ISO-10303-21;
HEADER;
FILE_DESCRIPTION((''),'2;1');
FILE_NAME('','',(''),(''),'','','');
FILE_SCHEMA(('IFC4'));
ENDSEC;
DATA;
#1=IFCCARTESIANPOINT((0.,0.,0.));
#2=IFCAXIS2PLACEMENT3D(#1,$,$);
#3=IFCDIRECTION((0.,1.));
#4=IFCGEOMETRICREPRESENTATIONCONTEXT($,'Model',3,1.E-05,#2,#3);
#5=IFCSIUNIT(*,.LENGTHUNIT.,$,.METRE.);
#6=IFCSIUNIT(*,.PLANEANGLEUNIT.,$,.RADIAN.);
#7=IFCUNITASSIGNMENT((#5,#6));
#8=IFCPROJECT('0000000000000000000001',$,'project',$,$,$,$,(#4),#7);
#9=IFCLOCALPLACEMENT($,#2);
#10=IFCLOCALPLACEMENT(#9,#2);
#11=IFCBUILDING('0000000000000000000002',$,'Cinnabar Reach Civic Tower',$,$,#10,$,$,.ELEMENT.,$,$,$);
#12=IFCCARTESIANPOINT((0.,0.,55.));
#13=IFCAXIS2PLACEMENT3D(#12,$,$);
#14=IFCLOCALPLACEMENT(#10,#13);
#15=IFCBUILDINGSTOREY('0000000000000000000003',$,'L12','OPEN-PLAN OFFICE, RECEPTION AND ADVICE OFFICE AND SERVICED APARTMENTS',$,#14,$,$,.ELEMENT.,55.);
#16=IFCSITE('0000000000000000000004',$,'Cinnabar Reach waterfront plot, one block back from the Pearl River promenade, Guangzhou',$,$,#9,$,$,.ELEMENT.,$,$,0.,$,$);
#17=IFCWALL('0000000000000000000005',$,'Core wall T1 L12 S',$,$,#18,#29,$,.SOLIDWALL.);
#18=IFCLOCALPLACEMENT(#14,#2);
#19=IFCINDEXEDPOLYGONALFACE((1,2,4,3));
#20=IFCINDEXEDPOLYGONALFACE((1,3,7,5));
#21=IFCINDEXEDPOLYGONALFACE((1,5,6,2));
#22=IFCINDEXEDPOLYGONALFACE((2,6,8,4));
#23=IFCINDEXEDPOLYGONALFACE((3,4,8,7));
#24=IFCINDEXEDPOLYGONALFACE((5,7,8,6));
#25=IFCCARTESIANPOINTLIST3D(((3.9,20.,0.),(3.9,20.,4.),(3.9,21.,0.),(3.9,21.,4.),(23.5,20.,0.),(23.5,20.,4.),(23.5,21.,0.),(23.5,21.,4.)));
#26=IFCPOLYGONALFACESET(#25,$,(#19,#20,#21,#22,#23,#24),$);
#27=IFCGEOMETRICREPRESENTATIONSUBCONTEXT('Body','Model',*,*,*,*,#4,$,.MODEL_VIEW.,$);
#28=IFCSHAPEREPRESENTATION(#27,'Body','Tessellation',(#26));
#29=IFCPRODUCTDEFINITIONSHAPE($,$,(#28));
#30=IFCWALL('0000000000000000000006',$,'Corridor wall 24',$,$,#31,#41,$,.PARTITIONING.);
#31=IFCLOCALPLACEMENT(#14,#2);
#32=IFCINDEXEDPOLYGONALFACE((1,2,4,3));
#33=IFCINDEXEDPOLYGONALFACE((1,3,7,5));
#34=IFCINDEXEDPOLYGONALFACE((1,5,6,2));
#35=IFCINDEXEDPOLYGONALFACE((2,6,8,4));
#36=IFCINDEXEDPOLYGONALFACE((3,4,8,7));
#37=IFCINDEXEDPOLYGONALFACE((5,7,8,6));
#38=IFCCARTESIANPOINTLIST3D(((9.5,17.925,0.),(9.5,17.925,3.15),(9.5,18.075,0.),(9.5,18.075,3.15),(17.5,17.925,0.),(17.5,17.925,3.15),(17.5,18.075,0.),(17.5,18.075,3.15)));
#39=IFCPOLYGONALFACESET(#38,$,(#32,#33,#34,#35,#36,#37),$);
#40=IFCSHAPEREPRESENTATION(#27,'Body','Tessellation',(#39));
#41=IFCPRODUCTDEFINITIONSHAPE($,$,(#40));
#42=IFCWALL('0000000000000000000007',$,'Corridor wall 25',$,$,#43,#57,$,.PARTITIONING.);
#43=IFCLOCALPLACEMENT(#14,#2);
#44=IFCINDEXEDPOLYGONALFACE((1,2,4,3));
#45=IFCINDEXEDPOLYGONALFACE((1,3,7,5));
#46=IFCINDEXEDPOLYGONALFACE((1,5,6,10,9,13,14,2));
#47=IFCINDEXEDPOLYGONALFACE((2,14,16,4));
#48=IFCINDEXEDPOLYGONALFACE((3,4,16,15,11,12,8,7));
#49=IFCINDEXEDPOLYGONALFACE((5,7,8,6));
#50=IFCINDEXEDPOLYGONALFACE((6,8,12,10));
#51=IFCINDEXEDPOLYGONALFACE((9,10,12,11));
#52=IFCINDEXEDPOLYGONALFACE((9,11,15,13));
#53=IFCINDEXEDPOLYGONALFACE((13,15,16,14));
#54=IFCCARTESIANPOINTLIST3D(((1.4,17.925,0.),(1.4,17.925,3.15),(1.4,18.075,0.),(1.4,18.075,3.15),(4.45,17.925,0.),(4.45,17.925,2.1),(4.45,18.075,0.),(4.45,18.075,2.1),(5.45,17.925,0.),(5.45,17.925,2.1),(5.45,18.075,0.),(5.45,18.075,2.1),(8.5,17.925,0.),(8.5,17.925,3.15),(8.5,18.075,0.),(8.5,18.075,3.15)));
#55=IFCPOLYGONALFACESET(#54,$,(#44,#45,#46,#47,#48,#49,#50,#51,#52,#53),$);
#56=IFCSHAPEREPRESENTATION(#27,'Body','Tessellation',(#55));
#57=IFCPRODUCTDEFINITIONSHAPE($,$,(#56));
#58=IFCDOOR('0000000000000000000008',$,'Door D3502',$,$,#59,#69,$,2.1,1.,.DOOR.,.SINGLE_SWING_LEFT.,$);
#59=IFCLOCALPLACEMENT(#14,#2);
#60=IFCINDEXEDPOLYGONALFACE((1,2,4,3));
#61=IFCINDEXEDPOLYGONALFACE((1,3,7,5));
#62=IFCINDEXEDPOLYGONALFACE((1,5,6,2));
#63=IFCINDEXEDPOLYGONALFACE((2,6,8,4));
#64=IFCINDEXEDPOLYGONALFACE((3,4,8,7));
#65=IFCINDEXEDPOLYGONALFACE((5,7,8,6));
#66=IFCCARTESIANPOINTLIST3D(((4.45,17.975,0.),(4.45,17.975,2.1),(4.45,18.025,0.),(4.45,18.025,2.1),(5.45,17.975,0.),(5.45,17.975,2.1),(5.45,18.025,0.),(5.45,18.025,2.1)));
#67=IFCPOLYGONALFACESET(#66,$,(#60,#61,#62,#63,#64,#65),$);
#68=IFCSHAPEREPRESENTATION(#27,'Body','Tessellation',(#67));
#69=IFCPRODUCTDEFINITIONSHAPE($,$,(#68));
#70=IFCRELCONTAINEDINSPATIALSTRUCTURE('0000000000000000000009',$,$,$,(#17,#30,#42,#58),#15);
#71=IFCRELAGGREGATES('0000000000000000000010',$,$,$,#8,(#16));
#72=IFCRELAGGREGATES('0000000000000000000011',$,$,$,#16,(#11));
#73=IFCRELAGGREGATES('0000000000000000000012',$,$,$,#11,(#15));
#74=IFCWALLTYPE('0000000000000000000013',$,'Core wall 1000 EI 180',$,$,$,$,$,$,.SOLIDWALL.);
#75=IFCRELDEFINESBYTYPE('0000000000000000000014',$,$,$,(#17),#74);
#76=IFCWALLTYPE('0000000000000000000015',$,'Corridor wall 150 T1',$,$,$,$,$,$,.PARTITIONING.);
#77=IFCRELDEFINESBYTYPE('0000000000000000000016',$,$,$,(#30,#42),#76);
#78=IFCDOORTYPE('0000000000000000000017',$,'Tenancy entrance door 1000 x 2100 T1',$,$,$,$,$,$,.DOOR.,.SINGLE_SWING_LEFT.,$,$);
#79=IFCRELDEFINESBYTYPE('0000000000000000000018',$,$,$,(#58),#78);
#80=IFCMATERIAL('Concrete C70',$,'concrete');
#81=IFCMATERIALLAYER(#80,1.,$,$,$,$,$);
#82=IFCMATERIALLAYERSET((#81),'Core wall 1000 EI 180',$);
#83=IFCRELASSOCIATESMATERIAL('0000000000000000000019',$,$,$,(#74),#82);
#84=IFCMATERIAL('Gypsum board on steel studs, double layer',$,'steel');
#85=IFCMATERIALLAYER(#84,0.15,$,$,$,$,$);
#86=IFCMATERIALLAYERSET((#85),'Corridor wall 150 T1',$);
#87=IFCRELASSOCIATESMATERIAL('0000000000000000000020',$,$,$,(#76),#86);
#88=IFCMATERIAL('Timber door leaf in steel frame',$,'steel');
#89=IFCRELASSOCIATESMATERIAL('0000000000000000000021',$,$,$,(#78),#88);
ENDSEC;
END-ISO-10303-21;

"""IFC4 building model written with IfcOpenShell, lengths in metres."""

from ifc_helpers import new_model, si_unit, direction, frame, frame_2d, origin, place, context, subcontext, project, spatial, rectangle, extrude, material, layer, layer_set, type_object, element, fill, save


model = new_model("IFC4")

# Units and contexts
model_context = context("Model", 3, precision=1e-05, world=origin(), true_north=direction((0.0, 1.0)))
body_context = subcontext(model_context, "Body", "Model", "MODEL_VIEW")
ifc_project = project(units=[si_unit("LENGTHUNIT", "METRE"), si_unit("PLANEANGLEUNIT", "RADIAN")], contexts=[model_context])

# Site, building, storey
site_placement = place(None, origin())
site = spatial("IfcSite", under=ifc_project, at=site_placement, Name="Cinnabar Reach waterfront plot, one block back from the Pearl River promenade, Guangzhou", CompositionType="ELEMENT", RefElevation=0.0)
building_placement = place(site_placement, origin())
building = spatial("IfcBuilding", under=site, at=building_placement, Name="Cinnabar Reach Civic Tower", CompositionType="ELEMENT")
storey_placement = place(building_placement, frame((0.0, 0.0, 55.0)))
storey = spatial("IfcBuildingStorey", under=building, at=storey_placement, Name="L12", Description="OPEN-PLAN OFFICE, RECEPTION AND ADVICE OFFICE AND SERVICED APARTMENTS", CompositionType="ELEMENT", Elevation=55.0)

# Shared definitions
ifc_material_1 = material(Name="Concrete C70", Category="concrete")

# Walls
ifc_layer_1 = layer(ifc_material_1, 1.0)
ifc_layer_set_1 = layer_set([ifc_layer_1], Name="Core wall 1000 EI 180")
wall_type_1 = type_object("IfcWallType", Name="Core wall 1000 EI 180", PredefinedType="SOLIDWALL", material=ifc_layer_set_1)
wall_1_placement = place(storey_placement, frame((3.9, 20.5, 0.0), z_axis=(0.0, 0.0, 1.0), x_axis=(1.0, 0.0, 0.0)))
element("IfcWall", 1, at=wall_1_placement, inside=storey, type_object=wall_type_1, Name="Core wall T1 L12 S", PredefinedType="SOLIDWALL", context=body_context, shape_type="SweptSolid", body=[
    extrude(rectangle(XDim=19.6, YDim=1.0, at=frame_2d((9.8, 0.0))), origin(), (0.0, 0.0, 1.0), 4.0),
])
ifc_material_2 = material(Name="Gypsum board on steel studs, double layer", Category="steel")
ifc_layer_2 = layer(ifc_material_2, 0.15)
ifc_layer_set_2 = layer_set([ifc_layer_2], Name="Corridor wall 150 T1")
wall_type_2 = type_object("IfcWallType", Name="Corridor wall 150 T1", PredefinedType="PARTITIONING", material=ifc_layer_set_2)
wall_2_placement = place(storey_placement, frame((9.5, 18.0, 0.0), z_axis=(0.0, 0.0, 1.0), x_axis=(1.0, 0.0, 0.0)))
element("IfcWall", 2, at=wall_2_placement, inside=storey, type_object=wall_type_2, Name="Corridor wall 24", PredefinedType="PARTITIONING", context=body_context, shape_type="SweptSolid", body=[
    extrude(rectangle(XDim=8.0, YDim=0.15, at=frame_2d((4.0, 0.0))), origin(), (0.0, 0.0, 1.0), 3.15),
])

# Wall, opening, door
wall_3_placement = place(storey_placement, frame((1.4, 18.0, 0.0), z_axis=(0.0, 0.0, 1.0), x_axis=(1.0, 0.0, 0.0)))
wall_3 = element("IfcWall", 3, at=wall_3_placement, inside=storey, type_object=wall_type_2, Name="Corridor wall 25", PredefinedType="PARTITIONING", context=body_context, shape_type="SweptSolid", body=[
    extrude(rectangle(XDim=7.1, YDim=0.15, at=frame_2d((3.55, 0.0))), origin(), (0.0, 0.0, 1.0), 3.15),
])
opening_1_placement = place(wall_3_placement, frame((3.05, 0.0, 0.0)))
opening_1 = element("IfcOpeningElement", 4, at=opening_1_placement, cuts=wall_3, PredefinedType="OPENING", context=body_context, shape_type="SweptSolid", body=[
    extrude(rectangle(XDim=1.0, YDim=2.1, at=frame_2d((0.5, 1.05))), frame((0.0, 0.085, 0.0), z_axis=(0.0, -1.0, 0.0), x_axis=(1.0, 0.0, 0.0)), (0.0, 0.0, 1.0), 0.17),
])
ifc_material_3 = material(Name="Timber door leaf in steel frame", Category="steel")
door_type_1 = type_object("IfcDoorType", Name="Tenancy entrance door 1000 x 2100 T1", OperationType="SINGLE_SWING_LEFT", PredefinedType="DOOR", material=ifc_material_3)
door_1_placement = place(opening_1_placement, frame((1.0, 0.0, 0.0), z_axis=(0.0, 0.0, 1.0), x_axis=(-1.0, 0.0, 0.0)))
door_1 = element("IfcDoor", 5, at=door_1_placement, inside=storey, type_object=door_type_1, Name="Door D3502", OperationType="SINGLE_SWING_LEFT", OverallHeight=2.1, OverallWidth=1.0, PredefinedType="DOOR", context=body_context, shape_type="SweptSolid", body=[
    extrude(rectangle(XDim=1.0, YDim=2.1, at=frame_2d((0.5, 1.05))), frame((0.0, 0.025, 0.0), z_axis=(0.0, -1.0, 0.0), x_axis=(1.0, 0.0, 0.0)), (0.0, 0.0, 1.0), 0.05),
])
fill(opening_1, door_1)

save(model, "model.ifc")
